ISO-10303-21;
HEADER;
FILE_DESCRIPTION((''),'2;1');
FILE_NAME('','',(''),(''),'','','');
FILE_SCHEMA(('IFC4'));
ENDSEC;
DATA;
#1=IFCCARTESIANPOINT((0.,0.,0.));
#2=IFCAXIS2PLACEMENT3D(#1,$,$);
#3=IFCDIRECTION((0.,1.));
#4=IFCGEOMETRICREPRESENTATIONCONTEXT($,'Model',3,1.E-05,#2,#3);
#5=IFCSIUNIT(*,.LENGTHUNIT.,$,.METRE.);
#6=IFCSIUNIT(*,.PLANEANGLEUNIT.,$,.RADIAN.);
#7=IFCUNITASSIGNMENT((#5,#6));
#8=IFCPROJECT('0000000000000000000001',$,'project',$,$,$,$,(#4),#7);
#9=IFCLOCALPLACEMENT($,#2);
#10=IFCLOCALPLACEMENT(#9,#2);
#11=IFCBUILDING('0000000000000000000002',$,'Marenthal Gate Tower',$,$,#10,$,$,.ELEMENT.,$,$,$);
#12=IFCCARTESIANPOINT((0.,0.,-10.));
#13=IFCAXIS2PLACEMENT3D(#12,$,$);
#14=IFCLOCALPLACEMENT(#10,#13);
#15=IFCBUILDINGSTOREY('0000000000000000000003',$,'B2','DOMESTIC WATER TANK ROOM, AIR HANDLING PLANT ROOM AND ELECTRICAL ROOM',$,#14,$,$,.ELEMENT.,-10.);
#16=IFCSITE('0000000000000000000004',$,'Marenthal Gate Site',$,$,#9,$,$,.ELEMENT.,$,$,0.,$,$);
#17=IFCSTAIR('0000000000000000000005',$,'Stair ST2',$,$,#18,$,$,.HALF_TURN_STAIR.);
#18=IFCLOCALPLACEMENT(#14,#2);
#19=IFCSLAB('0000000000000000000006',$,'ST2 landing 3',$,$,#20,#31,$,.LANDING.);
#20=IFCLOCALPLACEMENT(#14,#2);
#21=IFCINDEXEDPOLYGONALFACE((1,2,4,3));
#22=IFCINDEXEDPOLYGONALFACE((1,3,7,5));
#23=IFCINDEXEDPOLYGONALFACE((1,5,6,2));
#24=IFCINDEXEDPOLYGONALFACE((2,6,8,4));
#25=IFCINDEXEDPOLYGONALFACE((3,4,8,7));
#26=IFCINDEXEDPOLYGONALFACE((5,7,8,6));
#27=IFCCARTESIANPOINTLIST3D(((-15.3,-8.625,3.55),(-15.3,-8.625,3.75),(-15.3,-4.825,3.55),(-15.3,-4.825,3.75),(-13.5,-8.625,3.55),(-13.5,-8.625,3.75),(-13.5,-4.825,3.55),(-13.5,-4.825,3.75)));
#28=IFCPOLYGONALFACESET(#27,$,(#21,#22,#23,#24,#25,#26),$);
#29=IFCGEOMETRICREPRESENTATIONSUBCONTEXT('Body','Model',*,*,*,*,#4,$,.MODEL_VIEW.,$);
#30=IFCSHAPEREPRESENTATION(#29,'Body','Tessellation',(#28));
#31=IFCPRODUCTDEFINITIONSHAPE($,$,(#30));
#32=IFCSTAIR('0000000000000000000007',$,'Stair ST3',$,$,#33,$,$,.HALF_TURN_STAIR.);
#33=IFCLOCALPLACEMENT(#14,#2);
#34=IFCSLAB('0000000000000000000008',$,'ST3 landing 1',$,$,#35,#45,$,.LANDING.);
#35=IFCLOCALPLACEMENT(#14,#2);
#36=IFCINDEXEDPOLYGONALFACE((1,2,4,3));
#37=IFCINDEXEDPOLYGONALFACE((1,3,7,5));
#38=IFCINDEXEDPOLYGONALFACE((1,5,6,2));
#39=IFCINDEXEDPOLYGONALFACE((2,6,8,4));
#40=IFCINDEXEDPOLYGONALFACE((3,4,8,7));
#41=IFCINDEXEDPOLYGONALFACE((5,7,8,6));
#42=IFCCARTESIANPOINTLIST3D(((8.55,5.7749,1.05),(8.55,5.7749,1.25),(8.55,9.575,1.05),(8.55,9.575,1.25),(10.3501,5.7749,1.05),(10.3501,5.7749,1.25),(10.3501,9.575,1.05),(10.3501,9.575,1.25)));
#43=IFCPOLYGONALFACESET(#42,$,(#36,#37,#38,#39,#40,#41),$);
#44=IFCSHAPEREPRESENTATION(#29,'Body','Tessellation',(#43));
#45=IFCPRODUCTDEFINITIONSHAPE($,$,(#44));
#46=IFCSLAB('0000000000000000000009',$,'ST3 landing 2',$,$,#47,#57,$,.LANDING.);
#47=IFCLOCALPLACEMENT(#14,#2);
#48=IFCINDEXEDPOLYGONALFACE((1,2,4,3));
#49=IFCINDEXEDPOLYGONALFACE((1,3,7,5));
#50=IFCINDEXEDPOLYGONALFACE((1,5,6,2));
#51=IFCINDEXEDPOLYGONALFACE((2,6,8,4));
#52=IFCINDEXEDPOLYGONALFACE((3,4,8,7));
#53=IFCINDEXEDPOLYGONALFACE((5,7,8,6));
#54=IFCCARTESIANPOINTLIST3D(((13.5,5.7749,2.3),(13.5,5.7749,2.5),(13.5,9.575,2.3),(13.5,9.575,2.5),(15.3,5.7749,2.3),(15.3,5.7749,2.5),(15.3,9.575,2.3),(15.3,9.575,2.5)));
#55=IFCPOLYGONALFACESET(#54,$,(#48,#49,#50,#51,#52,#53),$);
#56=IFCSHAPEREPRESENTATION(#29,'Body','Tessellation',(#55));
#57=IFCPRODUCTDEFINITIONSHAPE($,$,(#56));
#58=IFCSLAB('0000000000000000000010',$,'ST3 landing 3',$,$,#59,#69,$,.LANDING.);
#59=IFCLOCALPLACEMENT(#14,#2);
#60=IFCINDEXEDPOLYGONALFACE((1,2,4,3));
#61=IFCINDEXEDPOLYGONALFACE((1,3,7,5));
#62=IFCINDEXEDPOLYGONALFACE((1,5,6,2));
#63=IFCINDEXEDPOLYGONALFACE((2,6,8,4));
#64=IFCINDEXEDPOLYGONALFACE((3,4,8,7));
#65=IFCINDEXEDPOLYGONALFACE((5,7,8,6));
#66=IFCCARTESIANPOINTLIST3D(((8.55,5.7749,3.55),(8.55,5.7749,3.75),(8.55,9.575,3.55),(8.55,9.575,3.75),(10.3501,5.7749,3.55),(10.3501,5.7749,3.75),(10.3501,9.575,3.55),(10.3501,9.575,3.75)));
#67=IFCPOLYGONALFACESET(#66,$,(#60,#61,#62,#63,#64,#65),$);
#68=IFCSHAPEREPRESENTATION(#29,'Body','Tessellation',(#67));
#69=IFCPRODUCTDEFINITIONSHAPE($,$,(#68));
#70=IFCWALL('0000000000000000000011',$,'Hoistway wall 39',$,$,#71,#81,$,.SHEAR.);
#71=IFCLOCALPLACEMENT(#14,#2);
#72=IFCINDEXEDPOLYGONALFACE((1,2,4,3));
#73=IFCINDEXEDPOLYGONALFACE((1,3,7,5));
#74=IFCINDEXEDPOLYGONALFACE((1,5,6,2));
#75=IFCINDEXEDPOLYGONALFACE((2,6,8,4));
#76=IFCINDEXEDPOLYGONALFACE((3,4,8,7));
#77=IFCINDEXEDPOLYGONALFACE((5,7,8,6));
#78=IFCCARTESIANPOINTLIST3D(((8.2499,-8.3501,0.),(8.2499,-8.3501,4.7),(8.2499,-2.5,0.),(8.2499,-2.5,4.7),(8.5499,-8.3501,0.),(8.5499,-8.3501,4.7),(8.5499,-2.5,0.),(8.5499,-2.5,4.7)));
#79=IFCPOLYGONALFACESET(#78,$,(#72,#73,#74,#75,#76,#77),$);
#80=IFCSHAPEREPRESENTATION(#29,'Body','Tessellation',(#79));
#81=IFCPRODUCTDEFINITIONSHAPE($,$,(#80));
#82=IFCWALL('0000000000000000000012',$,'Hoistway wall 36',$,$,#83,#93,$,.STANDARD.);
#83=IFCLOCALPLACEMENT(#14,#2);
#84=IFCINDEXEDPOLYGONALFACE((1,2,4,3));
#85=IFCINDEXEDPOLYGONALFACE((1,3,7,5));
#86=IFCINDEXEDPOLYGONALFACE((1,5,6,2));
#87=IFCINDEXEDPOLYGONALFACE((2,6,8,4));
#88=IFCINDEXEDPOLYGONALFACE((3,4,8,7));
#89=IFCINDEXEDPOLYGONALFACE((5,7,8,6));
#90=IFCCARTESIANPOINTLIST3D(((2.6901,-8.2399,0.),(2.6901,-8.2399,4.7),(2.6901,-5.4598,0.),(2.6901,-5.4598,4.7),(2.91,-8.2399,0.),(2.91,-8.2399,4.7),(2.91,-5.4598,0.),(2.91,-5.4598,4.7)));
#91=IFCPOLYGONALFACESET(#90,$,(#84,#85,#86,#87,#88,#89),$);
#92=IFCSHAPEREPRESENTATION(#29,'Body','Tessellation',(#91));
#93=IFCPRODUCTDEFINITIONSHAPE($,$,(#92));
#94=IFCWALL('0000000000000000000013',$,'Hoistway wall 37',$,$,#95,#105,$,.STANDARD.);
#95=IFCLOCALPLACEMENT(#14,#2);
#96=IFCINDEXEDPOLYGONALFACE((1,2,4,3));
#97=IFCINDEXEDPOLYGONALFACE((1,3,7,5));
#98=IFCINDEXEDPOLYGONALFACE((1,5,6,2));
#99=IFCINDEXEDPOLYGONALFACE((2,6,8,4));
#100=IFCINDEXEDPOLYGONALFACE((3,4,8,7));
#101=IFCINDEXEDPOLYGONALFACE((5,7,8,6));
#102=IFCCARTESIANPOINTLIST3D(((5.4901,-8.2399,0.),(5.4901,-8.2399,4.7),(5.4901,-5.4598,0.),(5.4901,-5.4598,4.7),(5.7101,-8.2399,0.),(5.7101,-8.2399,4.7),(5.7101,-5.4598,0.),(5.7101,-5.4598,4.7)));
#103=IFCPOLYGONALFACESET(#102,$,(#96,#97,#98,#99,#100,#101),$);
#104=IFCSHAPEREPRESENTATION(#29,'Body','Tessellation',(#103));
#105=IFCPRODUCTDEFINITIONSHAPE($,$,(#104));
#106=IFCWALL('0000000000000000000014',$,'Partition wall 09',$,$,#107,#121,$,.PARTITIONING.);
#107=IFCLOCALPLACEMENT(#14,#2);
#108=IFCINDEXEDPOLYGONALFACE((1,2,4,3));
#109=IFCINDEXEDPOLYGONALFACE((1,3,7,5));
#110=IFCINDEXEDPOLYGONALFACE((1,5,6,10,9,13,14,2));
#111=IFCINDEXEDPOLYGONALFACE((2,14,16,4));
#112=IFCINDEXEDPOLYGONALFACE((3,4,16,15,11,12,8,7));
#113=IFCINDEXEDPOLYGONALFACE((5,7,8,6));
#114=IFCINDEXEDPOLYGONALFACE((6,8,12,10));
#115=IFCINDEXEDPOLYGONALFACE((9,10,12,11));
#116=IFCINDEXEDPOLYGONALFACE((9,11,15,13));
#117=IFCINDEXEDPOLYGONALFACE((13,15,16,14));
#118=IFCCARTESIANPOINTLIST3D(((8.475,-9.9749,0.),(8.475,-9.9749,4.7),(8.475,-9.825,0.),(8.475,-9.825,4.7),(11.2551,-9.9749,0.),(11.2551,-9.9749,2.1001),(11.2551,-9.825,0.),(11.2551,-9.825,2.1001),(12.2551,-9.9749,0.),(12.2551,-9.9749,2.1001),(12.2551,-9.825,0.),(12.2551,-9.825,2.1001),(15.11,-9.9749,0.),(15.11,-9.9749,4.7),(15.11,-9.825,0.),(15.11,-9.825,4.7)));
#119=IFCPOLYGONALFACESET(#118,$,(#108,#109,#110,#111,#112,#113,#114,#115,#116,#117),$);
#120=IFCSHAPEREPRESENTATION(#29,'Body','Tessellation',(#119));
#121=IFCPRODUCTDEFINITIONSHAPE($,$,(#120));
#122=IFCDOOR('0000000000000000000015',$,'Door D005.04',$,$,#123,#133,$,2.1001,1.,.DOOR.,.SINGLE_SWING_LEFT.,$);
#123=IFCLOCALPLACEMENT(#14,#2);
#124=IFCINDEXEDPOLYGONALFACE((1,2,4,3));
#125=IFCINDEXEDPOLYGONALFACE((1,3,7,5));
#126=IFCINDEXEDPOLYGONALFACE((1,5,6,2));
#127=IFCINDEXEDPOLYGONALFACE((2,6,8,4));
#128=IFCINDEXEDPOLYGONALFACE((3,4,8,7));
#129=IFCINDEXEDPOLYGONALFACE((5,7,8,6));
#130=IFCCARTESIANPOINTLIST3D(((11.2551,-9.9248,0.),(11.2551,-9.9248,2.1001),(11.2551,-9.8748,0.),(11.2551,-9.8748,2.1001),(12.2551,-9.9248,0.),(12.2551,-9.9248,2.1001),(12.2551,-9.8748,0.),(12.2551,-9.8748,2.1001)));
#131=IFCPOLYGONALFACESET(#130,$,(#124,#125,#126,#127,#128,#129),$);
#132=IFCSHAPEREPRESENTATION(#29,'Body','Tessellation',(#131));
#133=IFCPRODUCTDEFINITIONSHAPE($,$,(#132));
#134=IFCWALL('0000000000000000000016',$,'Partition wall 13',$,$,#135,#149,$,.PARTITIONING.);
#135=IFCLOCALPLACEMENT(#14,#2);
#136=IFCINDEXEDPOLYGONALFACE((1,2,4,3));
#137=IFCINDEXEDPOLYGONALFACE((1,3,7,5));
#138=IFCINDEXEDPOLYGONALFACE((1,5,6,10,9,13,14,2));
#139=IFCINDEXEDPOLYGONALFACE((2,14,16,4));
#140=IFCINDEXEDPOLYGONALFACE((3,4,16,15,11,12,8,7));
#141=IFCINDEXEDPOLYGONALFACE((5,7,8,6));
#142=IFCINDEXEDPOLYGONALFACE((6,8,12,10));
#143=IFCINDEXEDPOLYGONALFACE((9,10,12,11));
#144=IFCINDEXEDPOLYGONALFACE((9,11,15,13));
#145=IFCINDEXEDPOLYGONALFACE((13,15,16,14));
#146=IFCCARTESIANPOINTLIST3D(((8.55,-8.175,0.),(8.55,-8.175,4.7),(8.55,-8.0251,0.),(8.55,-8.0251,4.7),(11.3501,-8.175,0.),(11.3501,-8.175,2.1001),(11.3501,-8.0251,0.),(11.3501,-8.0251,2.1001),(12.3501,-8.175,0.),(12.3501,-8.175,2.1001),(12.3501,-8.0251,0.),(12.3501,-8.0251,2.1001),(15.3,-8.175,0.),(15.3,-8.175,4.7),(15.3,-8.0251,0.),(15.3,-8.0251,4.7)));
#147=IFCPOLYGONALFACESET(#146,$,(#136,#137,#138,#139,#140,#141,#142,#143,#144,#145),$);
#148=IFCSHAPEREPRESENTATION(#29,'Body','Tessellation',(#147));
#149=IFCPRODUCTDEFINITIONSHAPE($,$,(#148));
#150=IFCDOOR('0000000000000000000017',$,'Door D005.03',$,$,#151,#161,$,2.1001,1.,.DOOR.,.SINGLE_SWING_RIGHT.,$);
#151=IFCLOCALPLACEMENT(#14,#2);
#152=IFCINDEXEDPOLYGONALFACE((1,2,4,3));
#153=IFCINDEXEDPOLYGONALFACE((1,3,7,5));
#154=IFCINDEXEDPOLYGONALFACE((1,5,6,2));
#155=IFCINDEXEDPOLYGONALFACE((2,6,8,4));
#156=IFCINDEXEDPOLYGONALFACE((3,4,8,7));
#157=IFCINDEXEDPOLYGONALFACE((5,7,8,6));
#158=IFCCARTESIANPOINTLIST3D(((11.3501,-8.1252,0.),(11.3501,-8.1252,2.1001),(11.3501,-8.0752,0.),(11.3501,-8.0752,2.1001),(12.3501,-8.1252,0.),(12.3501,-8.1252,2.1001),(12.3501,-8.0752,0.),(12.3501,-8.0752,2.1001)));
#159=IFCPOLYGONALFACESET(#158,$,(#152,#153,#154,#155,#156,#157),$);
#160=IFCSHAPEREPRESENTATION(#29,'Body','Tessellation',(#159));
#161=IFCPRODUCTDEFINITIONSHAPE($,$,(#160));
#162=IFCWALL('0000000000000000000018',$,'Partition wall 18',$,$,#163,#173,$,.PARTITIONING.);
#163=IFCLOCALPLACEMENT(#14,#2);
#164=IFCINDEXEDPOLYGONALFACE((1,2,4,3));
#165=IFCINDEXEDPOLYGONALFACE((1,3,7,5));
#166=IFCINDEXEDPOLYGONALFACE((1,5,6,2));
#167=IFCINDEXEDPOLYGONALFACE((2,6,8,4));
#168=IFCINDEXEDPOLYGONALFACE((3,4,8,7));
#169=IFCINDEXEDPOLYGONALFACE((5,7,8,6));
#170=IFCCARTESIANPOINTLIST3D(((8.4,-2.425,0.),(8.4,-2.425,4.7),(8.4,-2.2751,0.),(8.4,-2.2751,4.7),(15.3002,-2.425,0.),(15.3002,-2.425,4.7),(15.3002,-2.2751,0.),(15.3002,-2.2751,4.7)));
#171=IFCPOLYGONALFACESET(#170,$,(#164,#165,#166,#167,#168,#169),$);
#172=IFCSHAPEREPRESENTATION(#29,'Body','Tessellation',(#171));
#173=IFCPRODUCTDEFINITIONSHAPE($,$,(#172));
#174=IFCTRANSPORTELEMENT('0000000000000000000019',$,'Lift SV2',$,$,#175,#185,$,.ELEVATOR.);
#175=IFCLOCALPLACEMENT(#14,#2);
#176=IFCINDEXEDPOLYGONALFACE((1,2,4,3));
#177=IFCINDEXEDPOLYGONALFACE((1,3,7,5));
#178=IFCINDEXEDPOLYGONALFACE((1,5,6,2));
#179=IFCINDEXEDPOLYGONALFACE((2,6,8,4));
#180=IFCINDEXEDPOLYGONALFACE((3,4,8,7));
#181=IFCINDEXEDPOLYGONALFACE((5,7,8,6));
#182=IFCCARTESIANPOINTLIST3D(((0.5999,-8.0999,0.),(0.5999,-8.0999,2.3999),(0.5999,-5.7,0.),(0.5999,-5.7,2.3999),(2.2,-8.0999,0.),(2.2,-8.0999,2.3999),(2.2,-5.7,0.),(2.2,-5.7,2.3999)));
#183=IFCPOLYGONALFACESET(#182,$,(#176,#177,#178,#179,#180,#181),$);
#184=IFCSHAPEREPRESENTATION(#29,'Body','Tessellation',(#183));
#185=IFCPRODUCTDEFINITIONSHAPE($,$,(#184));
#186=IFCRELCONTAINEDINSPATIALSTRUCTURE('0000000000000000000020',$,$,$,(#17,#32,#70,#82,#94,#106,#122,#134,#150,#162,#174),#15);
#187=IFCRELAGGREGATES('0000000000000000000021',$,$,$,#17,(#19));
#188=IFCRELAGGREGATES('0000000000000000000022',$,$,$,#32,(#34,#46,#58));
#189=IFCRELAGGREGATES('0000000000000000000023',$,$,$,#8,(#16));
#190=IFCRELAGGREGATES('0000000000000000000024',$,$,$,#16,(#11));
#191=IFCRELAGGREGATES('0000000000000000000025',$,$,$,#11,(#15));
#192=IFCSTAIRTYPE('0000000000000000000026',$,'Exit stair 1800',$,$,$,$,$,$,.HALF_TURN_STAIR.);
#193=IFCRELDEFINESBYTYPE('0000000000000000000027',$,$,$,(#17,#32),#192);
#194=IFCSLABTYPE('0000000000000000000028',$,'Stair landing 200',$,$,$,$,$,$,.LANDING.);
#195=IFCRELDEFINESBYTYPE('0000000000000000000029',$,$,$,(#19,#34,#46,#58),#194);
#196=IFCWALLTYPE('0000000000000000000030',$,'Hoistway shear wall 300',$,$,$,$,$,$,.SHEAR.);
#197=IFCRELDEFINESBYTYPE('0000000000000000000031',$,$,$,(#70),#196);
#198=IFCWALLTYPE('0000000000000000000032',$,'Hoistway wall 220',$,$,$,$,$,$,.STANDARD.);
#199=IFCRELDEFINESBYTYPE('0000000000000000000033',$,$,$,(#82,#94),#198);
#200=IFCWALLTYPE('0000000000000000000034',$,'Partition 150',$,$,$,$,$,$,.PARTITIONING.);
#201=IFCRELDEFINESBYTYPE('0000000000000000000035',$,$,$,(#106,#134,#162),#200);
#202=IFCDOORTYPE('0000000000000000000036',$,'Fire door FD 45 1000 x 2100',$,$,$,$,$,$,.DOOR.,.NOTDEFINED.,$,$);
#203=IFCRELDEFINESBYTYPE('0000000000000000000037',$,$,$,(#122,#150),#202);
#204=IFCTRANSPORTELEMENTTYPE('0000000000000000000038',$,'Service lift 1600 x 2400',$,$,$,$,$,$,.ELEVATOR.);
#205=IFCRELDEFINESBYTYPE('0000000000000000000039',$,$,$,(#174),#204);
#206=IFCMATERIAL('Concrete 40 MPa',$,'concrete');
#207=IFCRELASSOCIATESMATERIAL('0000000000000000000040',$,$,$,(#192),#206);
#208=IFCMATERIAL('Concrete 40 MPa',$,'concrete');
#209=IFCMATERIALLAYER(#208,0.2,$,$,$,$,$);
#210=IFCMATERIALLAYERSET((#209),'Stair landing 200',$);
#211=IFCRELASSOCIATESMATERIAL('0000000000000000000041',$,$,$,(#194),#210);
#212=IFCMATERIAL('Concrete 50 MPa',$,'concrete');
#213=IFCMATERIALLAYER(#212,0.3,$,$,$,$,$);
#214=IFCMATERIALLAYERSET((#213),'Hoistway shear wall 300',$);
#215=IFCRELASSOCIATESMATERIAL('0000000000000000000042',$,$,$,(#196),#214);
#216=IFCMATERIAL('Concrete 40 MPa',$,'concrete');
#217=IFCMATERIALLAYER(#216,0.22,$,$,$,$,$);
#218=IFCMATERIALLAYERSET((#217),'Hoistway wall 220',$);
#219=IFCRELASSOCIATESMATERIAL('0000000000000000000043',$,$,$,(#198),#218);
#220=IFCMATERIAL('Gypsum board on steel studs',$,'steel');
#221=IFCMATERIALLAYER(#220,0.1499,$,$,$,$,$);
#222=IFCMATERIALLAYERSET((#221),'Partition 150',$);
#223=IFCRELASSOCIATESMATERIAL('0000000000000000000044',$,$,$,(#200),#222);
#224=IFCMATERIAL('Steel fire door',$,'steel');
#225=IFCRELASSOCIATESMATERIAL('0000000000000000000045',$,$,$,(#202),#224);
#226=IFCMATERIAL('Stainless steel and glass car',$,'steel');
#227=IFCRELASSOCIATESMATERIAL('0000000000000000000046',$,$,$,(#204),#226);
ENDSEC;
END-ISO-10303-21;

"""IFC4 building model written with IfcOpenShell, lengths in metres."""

from ifc_helpers import new_model, si_unit, direction, frame, frame_2d, origin, origin_2d, place, context, subcontext, project, spatial, polyline, rectangle, outline, extrude, material, layer, layer_set, type_object, element, fill, aggregate, save


model = new_model("IFC4")

# Units and contexts
model_context = context("Model", 3, precision=1e-05, world=origin(), true_north=direction((0.0, 1.0)))
body_context = subcontext(model_context, "Body", "Model", "MODEL_VIEW")
ifc_project = project(units=[si_unit("LENGTHUNIT", "METRE"), si_unit("PLANEANGLEUNIT", "RADIAN")], contexts=[model_context])

# Site, building, storey
site_placement = place(None, origin())
site = spatial("IfcSite", under=ifc_project, at=site_placement, Name="Marenthal Gate Site", CompositionType="ELEMENT", RefElevation=0.0)
building_placement = place(site_placement, origin())
building = spatial("IfcBuilding", under=site, at=building_placement, Name="Marenthal Gate Tower", CompositionType="ELEMENT")
storey_placement = place(building_placement, frame((0.0, 0.0, -10.0)))
storey = spatial("IfcBuildingStorey", under=building, at=storey_placement, Name="B2", Description="DOMESTIC WATER TANK ROOM, AIR HANDLING PLANT ROOM AND ELECTRICAL ROOM", CompositionType="ELEMENT", Elevation=-10.0)

# Stairs, slabs
ifc_material_1 = material(Name="Concrete 40 MPa", Category="concrete")
stair_type = type_object("IfcStairType", Name="Exit stair 1800", PredefinedType="HALF_TURN_STAIR", material=ifc_material_1)
ifc_material_2 = material(Name="Concrete 40 MPa", Category="concrete")
ifc_layer_1 = layer(ifc_material_2, 0.2)
ifc_layer_set_1 = layer_set([ifc_layer_1], Name="Stair landing 200")
slab_type_1 = type_object("IfcSlabType", Name="Stair landing 200", PredefinedType="LANDING", material=ifc_layer_set_1)
stair_1_placement = place(storey_placement, origin())
stair_1 = element("IfcStair", 1, at=stair_1_placement, inside=storey, type_object=stair_type, Name="Stair ST2", PredefinedType="HALF_TURN_STAIR")
slab_1_placement = place(storey_placement, frame((0.0, 0.0, 3.55)))
slab_1 = element("IfcSlab", 2, at=slab_1_placement, type_object=slab_type_1, Name="ST2 landing 3", PredefinedType="LANDING", context=body_context, shape_type="SweptSolid", body=[
    extrude(outline(polyline([(-15.3, -8.625), (-13.5, -8.625), (-13.5, -4.825), (-15.3, -4.825), (-15.3, -8.625)])), origin(), (0.0, 0.0, 1.0), 0.2),
])
aggregate(stair_1, [slab_1])
stair_2_placement = place(storey_placement, origin())
stair_2 = element("IfcStair", 3, at=stair_2_placement, inside=storey, type_object=stair_type, Name="Stair ST3", PredefinedType="HALF_TURN_STAIR")
slab_2_placement = place(storey_placement, frame((0.0, 0.0, 1.05)))
slab_2 = element("IfcSlab", 4, at=slab_2_placement, type_object=slab_type_1, Name="ST3 landing 1", PredefinedType="LANDING", context=body_context, shape_type="SweptSolid", body=[
    extrude(outline(polyline([(8.55, 5.7749), (10.3501, 5.7749), (10.3501, 9.575), (8.55, 9.575), (8.55, 5.7749)])), origin(), (0.0, 0.0, 1.0), 0.2),
])
slab_3_placement = place(storey_placement, frame((0.0, 0.0, 2.3)))
slab_3 = element("IfcSlab", 5, at=slab_3_placement, type_object=slab_type_1, Name="ST3 landing 2", PredefinedType="LANDING", context=body_context, shape_type="SweptSolid", body=[
    extrude(outline(polyline([(13.5, 5.7749), (15.3, 5.7749), (15.3, 9.575), (13.5, 9.575), (13.5, 5.7749)])), origin(), (0.0, 0.0, 1.0), 0.2),
])
slab_4_placement = place(storey_placement, frame((0.0, 0.0, 3.55)))
slab_4 = element("IfcSlab", 6, at=slab_4_placement, type_object=slab_type_1, Name="ST3 landing 3", PredefinedType="LANDING", context=body_context, shape_type="SweptSolid", body=[
    extrude(outline(polyline([(8.55, 5.7749), (10.3501, 5.7749), (10.3501, 9.575), (8.55, 9.575), (8.55, 5.7749)])), origin(), (0.0, 0.0, 1.0), 0.2),
])
aggregate(stair_2, [slab_2, slab_3, slab_4])

# Walls
ifc_material_3 = material(Name="Concrete 50 MPa", Category="concrete")
ifc_layer_2 = layer(ifc_material_3, 0.3)
ifc_layer_set_2 = layer_set([ifc_layer_2], Name="Hoistway shear wall 300")
wall_type_1 = type_object("IfcWallType", Name="Hoistway shear wall 300", PredefinedType="SHEAR", material=ifc_layer_set_2)
wall_1_placement = place(storey_placement, frame((8.3999, -8.3501, 0.0), z_axis=(0.0, 0.0, 1.0), x_axis=(0.0, 1.0, 0.0)))
element("IfcWall", 7, at=wall_1_placement, inside=storey, type_object=wall_type_1, Name="Hoistway wall 39", PredefinedType="SHEAR", context=body_context, shape_type="SweptSolid", body=[
    extrude(rectangle(XDim=5.8501, YDim=0.3, at=frame_2d((2.925, 0.0))), origin(), (0.0, 0.0, 1.0), 4.7),
])
ifc_material_4 = material(Name="Concrete 40 MPa", Category="concrete")
ifc_layer_3 = layer(ifc_material_4, 0.22)
ifc_layer_set_3 = layer_set([ifc_layer_3], Name="Hoistway wall 220")
wall_type_2 = type_object("IfcWallType", Name="Hoistway wall 220", PredefinedType="STANDARD", material=ifc_layer_set_3)
for number, where, z_axis, x_axis, name in (
    (8, (2.8, -8.24, 0.0), (0.0, 0.0, 1.0), (0.0, 1.0, 0.0), "Hoistway wall 36"),
    (9, (5.6001, -8.24, 0.0), (0.0, 0.0, 1.0), (0.0, 1.0, 0.0), "Hoistway wall 37"),
):
    element("IfcWall", number, at=place(storey_placement, frame(where, z_axis=z_axis, x_axis=x_axis)), inside=storey, type_object=wall_type_2, Name=name, PredefinedType="STANDARD", context=body_context, shape_type="SweptSolid", body=[
        extrude(rectangle(XDim=2.78, YDim=0.22, at=frame_2d((1.3901, 0.0))), origin(), (0.0, 0.0, 1.0), 4.7),
    ])

# Walls, openings, doors
ifc_material_5 = material(Name="Gypsum board on steel studs", Category="steel")
ifc_layer_4 = layer(ifc_material_5, 0.1499)
ifc_layer_set_4 = layer_set([ifc_layer_4], Name="Partition 150")
wall_type_3 = type_object("IfcWallType", Name="Partition 150", PredefinedType="PARTITIONING", material=ifc_layer_set_4)
wall_2_placement = place(storey_placement, frame((8.4751, -9.8999, 0.0), z_axis=(0.0, 0.0, 1.0), x_axis=(1.0, 0.0, 0.0)))
wall_2 = element("IfcWall", 10, at=wall_2_placement, inside=storey, type_object=wall_type_3, Name="Partition wall 09", PredefinedType="PARTITIONING", context=body_context, shape_type="SweptSolid", body=[
    extrude(rectangle(XDim=6.635, YDim=0.1499, at=frame_2d((3.3174, 0.0))), origin(), (0.0, 0.0, 1.0), 4.7),
])
opening_1_placement = place(wall_2_placement, frame((2.78, 0.0, 0.0)))
opening_1 = element("IfcOpeningElement", 11, at=opening_1_placement, cuts=wall_2, PredefinedType="OPENING", context=body_context, shape_type="SweptSolid", body=[
    extrude(rectangle(XDim=1.0, YDim=2.1001, at=frame_2d((0.5, 1.05))), frame((0.0, 0.085, 0.0), z_axis=(0.0, -1.0, 0.0), x_axis=(1.0, 0.0, 0.0)), (0.0, 0.0, 1.0), 0.1699),
])
ifc_material_6 = material(Name="Steel fire door", Category="steel")
door_type = type_object("IfcDoorType", Name="Fire door FD 45 1000 x 2100", OperationType="NOTDEFINED", PredefinedType="DOOR", material=ifc_material_6)
door_1_placement = place(opening_1_placement, frame((1.0, 0.0, 0.0), z_axis=(0.0, 0.0, 1.0), x_axis=(-1.0, 0.0, 0.0)))
door_1 = element("IfcDoor", 12, at=door_1_placement, inside=storey, type_object=door_type, Name="Door D005.04", OperationType="SINGLE_SWING_LEFT", OverallHeight=2.1001, OverallWidth=1.0, PredefinedType="DOOR", context=body_context, shape_type="SweptSolid", body=[
    extrude(rectangle(XDim=1.0, YDim=2.1001, at=frame_2d((0.5, 1.05))), frame((0.0, 0.0249, 0.0), z_axis=(0.0, -1.0, 0.0), x_axis=(1.0, 0.0, 0.0)), (0.0, 0.0, 1.0), 0.05),
])
fill(opening_1, door_1)
wall_3_placement = place(storey_placement, frame((8.55, -8.1001, 0.0), z_axis=(0.0, 0.0, 1.0), x_axis=(1.0, 0.0, 0.0)))
wall_3 = element("IfcWall", 13, at=wall_3_placement, inside=storey, type_object=wall_type_3, Name="Partition wall 13", PredefinedType="PARTITIONING", context=body_context, shape_type="SweptSolid", body=[
    extrude(rectangle(XDim=6.75, YDim=0.1499, at=frame_2d((3.375, 0.0))), origin(), (0.0, 0.0, 1.0), 4.7),
])
opening_2_placement = place(wall_3_placement, frame((2.8, 0.0, 0.0)))
opening_2 = element("IfcOpeningElement", 14, at=opening_2_placement, cuts=wall_3, PredefinedType="OPENING", context=body_context, shape_type="SweptSolid", body=[
    extrude(rectangle(XDim=1.0, YDim=2.1001, at=frame_2d((0.5, 1.05))), frame((0.0, 0.085, 0.0), z_axis=(0.0, -1.0, 0.0), x_axis=(1.0, 0.0, 0.0)), (0.0, 0.0, 1.0), 0.1699),
])
door_2_placement = place(opening_2_placement, origin())
door_2 = element("IfcDoor", 15, at=door_2_placement, inside=storey, type_object=door_type, Name="Door D005.03", OperationType="SINGLE_SWING_RIGHT", OverallHeight=2.1001, OverallWidth=1.0, PredefinedType="DOOR", context=body_context, shape_type="SweptSolid", body=[
    extrude(rectangle(XDim=1.0, YDim=2.1001, at=frame_2d((0.5, 1.05))), frame((0.0, 0.0249, 0.0), z_axis=(0.0, -1.0, 0.0), x_axis=(1.0, 0.0, 0.0)), (0.0, 0.0, 1.0), 0.05),
])
fill(opening_2, door_2)

# Wall
wall_4_placement = place(storey_placement, frame((8.3999, -2.3501, 0.0), z_axis=(0.0, 0.0, 1.0), x_axis=(1.0, 0.0, 0.0)))
element("IfcWall", 16, at=wall_4_placement, inside=storey, type_object=wall_type_3, Name="Partition wall 18", PredefinedType="PARTITIONING", context=body_context, shape_type="SweptSolid", body=[
    extrude(rectangle(XDim=6.9001, YDim=0.1499, at=frame_2d((3.4502, 0.0))), origin(), (0.0, 0.0, 1.0), 4.7),
])

# Transport element
ifc_material_7 = material(Name="Stainless steel and glass car", Category="steel")
transport_element_type = type_object("IfcTransportElementType", Name="Service lift 1600 x 2400", PredefinedType="ELEVATOR", material=ifc_material_7)
transport_element_placement = place(storey_placement, frame((1.3999, -6.8999, 0.0), z_axis=(0.0, 0.0, 1.0), x_axis=(1.0, 0.0, 0.0)))
element("IfcTransportElement", 17, at=transport_element_placement, inside=storey, type_object=transport_element_type, Name="Lift SV2", PredefinedType="ELEVATOR", context=body_context, shape_type="SweptSolid", body=[
    extrude(rectangle(XDim=1.6001, YDim=2.3999, at=origin_2d()), origin(), (0.0, 0.0, 1.0), 2.3999),
])

save(model, "model.ifc")
